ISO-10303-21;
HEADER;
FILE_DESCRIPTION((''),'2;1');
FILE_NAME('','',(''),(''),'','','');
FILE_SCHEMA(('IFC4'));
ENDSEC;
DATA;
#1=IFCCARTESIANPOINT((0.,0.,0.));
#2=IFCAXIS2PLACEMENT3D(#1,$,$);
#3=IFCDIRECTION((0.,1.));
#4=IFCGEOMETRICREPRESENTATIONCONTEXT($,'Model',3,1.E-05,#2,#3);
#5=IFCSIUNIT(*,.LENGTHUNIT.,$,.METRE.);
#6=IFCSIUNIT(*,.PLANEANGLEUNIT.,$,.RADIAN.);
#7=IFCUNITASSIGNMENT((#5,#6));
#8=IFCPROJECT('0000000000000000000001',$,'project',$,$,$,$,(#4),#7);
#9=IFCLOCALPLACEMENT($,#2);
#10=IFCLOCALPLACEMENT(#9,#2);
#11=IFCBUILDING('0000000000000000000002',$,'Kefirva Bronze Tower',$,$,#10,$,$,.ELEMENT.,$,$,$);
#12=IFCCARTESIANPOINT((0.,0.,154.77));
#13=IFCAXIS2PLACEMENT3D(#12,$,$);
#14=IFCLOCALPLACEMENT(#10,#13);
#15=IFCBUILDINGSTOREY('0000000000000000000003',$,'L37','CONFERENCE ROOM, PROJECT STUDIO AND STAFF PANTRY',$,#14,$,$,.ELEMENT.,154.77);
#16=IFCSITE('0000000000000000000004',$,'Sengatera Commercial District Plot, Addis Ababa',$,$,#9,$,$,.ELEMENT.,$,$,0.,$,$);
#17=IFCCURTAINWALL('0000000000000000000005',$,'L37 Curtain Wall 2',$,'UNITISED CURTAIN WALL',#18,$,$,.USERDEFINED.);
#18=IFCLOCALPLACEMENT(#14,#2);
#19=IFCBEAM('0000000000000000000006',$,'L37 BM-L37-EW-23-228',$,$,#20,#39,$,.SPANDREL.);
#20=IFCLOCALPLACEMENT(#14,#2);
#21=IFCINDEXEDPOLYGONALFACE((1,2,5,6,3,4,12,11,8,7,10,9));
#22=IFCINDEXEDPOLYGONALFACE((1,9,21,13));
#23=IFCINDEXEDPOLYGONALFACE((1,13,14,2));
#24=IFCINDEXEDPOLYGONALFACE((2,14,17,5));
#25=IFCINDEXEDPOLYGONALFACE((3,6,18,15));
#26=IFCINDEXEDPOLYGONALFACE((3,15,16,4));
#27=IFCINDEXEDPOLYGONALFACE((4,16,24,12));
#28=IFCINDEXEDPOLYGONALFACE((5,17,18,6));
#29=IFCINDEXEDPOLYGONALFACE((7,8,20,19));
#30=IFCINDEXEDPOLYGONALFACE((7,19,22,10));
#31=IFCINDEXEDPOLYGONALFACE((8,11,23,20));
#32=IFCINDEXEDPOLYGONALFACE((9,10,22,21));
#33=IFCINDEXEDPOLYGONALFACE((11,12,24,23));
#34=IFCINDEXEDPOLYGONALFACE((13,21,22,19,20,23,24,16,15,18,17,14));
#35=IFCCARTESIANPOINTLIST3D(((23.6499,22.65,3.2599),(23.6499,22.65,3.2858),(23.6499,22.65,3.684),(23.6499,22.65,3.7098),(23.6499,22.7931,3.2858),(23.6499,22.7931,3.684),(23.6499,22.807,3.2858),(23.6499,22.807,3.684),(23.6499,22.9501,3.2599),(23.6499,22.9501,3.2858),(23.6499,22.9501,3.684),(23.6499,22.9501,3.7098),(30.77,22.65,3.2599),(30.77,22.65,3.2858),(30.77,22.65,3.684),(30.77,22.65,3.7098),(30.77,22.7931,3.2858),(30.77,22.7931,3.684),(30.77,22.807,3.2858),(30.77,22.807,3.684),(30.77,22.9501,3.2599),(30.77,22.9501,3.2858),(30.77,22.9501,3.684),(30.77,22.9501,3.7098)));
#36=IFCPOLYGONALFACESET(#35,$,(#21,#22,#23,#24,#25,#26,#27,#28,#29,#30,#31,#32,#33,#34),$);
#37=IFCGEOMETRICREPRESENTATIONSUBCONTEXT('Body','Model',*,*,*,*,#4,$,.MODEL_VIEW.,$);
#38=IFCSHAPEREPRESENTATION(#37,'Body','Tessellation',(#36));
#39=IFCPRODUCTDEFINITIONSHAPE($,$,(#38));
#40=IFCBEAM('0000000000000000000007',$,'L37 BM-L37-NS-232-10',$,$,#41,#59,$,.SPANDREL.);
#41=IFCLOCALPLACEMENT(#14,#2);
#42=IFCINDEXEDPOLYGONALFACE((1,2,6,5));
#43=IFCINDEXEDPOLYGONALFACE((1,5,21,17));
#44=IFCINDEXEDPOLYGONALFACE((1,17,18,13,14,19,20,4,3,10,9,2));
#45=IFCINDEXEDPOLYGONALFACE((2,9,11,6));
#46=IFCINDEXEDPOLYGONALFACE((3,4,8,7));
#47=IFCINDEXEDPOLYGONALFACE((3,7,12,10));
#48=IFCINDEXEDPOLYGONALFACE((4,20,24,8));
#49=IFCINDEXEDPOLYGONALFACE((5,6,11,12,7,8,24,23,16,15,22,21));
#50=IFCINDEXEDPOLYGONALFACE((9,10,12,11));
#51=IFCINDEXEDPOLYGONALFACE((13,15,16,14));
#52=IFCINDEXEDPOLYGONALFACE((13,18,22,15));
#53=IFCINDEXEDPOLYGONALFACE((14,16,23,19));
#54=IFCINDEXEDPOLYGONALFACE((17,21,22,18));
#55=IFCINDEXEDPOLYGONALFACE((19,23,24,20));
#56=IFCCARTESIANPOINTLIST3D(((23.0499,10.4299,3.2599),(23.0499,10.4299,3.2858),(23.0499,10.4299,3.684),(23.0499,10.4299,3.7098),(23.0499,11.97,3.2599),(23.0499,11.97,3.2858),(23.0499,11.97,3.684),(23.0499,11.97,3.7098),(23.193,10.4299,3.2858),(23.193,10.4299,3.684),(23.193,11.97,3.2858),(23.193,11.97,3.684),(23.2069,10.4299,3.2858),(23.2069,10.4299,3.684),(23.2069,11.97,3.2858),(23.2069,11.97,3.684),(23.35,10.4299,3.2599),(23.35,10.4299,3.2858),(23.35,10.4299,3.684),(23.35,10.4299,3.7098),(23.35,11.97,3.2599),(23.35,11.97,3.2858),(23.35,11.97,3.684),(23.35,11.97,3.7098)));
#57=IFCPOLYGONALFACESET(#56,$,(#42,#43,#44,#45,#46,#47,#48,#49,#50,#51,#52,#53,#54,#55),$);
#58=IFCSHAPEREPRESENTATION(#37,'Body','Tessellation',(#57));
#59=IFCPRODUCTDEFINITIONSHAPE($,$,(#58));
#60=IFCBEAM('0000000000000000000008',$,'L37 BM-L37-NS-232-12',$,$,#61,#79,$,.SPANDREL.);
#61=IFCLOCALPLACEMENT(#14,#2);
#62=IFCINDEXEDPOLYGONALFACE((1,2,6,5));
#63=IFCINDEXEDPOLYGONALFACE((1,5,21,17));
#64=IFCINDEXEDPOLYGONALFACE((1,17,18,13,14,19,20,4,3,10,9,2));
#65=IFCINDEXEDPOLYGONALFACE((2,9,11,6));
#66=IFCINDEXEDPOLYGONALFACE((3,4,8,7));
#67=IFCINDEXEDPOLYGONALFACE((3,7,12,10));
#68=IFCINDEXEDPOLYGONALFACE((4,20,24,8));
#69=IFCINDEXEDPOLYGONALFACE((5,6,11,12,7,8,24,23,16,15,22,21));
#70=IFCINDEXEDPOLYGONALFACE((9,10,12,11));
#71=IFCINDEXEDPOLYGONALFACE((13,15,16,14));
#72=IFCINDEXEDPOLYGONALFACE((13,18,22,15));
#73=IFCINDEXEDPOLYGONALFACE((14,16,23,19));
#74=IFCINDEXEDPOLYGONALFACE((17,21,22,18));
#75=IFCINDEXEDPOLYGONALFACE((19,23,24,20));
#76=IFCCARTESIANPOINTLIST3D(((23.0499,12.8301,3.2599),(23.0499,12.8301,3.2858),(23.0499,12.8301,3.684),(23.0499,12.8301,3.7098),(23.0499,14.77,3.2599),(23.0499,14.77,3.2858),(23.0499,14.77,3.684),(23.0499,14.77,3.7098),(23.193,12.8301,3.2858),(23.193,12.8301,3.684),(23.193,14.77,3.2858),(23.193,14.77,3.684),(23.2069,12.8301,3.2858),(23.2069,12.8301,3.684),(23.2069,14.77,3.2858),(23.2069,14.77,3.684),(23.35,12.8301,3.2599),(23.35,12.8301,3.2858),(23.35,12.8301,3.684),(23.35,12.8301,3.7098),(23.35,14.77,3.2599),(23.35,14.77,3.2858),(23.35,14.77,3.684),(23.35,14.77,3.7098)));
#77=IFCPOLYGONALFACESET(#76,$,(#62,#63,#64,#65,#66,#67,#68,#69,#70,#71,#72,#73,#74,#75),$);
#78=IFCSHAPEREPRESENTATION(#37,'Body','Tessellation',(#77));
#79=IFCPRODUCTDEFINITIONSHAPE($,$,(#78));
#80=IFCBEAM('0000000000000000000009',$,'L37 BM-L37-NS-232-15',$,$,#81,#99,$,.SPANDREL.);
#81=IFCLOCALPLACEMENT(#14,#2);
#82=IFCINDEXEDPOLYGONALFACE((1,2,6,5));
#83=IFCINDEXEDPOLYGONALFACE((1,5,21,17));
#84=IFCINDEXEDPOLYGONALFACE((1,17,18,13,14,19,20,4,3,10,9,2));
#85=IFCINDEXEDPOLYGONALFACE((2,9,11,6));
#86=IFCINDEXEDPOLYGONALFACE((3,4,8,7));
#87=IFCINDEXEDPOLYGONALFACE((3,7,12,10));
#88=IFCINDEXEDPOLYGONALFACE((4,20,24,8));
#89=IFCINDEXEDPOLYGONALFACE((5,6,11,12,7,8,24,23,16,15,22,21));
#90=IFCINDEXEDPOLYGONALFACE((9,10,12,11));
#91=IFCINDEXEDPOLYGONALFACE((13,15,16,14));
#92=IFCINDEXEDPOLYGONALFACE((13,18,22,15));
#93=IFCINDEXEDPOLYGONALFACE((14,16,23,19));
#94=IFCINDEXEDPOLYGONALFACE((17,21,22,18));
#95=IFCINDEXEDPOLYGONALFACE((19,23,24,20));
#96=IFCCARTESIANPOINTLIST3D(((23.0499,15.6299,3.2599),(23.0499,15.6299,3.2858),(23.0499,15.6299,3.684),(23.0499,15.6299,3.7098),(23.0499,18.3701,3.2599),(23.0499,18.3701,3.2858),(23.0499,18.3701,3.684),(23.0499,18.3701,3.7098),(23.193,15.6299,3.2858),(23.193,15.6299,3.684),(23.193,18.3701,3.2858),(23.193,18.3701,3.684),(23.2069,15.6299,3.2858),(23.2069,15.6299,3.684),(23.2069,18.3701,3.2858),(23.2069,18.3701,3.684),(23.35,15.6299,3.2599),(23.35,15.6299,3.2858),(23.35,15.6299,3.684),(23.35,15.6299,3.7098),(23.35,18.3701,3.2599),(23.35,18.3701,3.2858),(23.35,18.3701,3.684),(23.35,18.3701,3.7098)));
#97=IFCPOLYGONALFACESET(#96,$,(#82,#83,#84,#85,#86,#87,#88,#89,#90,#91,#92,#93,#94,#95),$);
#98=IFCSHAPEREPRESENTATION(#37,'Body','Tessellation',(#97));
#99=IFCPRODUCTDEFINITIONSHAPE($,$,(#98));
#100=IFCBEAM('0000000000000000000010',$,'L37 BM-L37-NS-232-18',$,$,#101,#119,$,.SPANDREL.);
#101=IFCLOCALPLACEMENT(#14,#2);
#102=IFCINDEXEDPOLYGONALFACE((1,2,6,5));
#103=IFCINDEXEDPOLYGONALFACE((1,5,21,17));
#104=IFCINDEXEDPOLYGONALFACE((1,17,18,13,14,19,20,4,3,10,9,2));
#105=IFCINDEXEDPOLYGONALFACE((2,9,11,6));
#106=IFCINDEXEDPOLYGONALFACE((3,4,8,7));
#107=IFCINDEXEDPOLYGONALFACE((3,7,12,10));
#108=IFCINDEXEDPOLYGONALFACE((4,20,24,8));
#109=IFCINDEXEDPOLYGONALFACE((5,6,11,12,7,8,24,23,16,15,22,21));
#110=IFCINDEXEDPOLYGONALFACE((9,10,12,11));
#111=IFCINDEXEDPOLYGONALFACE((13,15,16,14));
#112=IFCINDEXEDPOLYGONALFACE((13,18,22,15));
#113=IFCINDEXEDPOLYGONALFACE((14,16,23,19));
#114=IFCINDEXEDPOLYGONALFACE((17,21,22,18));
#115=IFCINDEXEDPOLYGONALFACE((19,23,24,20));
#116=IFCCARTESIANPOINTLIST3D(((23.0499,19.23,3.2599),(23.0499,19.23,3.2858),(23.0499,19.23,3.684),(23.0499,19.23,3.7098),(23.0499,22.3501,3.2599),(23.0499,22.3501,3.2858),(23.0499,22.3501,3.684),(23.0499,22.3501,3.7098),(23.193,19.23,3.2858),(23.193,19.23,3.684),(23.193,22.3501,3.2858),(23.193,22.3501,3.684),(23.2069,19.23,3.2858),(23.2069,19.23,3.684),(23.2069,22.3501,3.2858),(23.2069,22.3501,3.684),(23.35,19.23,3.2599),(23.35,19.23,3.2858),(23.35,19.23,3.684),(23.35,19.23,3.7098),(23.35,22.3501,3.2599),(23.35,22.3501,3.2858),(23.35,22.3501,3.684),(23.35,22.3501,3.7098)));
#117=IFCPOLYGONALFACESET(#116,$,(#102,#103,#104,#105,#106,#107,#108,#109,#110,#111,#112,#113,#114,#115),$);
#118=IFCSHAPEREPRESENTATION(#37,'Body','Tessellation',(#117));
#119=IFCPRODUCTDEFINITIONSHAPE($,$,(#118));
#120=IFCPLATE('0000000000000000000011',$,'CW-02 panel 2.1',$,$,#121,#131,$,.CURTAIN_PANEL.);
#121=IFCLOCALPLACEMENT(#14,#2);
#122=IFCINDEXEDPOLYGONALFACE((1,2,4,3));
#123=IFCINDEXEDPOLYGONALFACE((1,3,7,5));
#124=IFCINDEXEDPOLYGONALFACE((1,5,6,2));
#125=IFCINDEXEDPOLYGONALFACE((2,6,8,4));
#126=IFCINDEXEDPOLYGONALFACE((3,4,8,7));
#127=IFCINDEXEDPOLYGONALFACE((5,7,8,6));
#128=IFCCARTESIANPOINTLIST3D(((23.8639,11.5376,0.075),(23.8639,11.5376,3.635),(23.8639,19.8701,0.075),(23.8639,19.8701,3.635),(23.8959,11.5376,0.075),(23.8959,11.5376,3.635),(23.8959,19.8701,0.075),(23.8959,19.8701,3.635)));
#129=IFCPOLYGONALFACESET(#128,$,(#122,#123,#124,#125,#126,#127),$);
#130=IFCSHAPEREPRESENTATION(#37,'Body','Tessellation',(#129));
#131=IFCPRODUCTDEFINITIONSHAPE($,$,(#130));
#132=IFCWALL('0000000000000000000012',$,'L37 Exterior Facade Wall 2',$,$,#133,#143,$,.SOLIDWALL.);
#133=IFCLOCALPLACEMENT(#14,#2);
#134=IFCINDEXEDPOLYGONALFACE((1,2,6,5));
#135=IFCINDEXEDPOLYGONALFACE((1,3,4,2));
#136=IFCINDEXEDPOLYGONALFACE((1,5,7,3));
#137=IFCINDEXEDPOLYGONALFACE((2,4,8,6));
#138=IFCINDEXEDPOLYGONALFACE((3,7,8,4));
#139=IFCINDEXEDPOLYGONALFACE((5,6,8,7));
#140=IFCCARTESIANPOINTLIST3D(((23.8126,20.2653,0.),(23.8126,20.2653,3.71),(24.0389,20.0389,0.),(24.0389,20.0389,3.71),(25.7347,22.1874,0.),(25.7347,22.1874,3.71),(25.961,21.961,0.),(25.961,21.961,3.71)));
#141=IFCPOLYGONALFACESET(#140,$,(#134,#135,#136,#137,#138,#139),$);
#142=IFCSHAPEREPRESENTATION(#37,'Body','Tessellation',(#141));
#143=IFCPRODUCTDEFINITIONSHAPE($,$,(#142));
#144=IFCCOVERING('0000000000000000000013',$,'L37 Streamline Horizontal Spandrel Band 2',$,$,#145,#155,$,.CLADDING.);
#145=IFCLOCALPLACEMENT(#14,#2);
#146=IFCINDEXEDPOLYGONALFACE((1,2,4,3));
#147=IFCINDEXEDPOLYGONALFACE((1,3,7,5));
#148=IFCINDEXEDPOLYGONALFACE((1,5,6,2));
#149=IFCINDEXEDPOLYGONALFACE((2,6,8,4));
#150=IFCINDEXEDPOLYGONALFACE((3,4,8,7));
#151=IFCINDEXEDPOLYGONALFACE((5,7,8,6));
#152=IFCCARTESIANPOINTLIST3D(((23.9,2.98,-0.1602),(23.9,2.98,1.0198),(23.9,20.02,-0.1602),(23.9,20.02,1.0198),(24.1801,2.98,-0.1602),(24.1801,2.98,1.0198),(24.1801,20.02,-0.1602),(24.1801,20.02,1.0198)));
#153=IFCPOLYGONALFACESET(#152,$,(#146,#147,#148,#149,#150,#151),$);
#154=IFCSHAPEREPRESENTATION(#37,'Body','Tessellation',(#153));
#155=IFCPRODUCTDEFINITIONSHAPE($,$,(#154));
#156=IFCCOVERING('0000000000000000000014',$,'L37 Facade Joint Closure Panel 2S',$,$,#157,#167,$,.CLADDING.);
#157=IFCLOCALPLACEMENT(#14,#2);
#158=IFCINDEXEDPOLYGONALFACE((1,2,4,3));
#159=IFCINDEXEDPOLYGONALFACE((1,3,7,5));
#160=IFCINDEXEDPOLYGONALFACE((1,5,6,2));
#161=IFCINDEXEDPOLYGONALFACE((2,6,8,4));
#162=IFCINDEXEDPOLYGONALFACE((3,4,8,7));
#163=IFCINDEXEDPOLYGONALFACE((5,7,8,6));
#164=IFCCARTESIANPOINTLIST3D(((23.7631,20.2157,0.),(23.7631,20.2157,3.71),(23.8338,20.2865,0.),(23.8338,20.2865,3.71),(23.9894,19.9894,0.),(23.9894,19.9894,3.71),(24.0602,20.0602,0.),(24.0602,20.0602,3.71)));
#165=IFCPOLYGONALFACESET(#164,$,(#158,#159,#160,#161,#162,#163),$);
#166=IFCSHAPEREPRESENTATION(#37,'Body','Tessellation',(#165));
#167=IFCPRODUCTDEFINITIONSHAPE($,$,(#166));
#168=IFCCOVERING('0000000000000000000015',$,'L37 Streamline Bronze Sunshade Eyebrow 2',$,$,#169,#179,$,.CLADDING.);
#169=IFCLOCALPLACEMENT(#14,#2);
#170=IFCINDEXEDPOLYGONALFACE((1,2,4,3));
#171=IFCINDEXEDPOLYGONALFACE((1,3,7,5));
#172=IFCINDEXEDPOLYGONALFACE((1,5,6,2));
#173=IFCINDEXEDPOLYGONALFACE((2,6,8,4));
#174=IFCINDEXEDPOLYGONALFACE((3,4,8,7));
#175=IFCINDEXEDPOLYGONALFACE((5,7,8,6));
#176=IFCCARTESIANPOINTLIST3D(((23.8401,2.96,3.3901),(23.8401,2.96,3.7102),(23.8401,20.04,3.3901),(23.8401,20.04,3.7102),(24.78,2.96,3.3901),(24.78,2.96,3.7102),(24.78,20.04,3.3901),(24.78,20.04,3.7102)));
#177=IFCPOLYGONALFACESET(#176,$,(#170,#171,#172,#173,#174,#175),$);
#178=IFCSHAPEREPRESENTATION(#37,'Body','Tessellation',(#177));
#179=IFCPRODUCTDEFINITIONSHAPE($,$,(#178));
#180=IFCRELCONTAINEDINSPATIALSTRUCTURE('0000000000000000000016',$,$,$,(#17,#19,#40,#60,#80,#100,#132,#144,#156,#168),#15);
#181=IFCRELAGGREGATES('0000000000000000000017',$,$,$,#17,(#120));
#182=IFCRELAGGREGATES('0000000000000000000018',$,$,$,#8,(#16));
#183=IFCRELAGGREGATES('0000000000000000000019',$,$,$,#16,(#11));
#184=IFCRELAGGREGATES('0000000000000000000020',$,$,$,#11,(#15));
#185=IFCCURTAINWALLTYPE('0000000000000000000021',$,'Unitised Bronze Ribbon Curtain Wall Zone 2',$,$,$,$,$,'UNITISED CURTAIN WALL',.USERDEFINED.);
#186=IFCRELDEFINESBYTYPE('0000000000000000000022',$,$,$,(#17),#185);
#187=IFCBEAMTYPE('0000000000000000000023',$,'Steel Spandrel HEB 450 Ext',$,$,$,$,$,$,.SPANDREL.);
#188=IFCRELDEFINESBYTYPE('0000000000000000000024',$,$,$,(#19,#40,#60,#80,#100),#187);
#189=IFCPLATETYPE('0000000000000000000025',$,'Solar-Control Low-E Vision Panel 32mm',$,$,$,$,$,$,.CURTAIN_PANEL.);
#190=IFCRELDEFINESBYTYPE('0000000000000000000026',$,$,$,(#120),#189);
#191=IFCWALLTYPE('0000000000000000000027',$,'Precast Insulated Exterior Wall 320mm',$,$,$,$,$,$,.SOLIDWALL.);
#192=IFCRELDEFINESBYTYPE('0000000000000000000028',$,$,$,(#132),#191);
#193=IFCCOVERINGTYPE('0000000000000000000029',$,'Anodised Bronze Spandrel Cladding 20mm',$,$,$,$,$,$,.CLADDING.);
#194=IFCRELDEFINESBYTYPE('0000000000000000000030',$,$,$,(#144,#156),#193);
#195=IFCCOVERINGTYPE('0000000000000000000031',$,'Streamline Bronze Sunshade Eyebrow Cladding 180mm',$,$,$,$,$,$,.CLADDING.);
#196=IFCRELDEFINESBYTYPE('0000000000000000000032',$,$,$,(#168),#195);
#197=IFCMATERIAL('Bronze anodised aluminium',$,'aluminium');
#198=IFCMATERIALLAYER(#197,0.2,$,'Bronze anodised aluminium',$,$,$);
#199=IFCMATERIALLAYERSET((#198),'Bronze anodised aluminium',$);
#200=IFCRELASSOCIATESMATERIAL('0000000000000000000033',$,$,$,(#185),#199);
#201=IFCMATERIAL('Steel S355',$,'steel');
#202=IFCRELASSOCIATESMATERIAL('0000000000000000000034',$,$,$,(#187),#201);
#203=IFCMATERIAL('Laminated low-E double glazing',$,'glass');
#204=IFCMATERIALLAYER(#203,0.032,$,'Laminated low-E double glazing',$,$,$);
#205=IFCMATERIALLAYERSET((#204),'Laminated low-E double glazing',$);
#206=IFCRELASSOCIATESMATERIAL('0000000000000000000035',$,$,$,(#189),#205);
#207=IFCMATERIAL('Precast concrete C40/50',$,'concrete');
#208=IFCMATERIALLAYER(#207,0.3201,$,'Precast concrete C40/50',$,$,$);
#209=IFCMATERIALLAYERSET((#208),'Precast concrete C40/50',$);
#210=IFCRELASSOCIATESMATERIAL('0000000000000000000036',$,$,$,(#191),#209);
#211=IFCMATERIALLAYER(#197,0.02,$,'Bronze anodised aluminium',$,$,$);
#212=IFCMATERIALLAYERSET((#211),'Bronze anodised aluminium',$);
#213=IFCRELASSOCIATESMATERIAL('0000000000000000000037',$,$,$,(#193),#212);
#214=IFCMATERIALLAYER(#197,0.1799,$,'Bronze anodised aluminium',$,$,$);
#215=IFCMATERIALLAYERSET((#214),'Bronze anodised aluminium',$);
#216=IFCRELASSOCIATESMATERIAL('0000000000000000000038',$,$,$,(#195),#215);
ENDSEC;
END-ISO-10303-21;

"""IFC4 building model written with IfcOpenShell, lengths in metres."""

from ifc_helpers import new_model, si_unit, direction, frame, frame_2d, origin, origin_2d, place, context, subcontext, project, spatial, rectangle, i_section, extrude, material, layer, layer_set, material_profile, profile_set, type_object, element, aggregate, save


model = new_model("IFC4")

# Units and contexts
model_context = context("Model", 3, precision=1e-05, world=origin(), true_north=direction((0.0, 1.0)))
body_context = subcontext(model_context, "Body", "Model", "MODEL_VIEW")
ifc_project = project(units=[si_unit("LENGTHUNIT", "METRE"), si_unit("PLANEANGLEUNIT", "RADIAN")], contexts=[model_context])

# Site, building, storey
site_placement = place(None, origin())
site = spatial("IfcSite", under=ifc_project, at=site_placement, Name="Sengatera Commercial District Plot, Addis Ababa", CompositionType="ELEMENT", RefElevation=0.0)
building_placement = place(site_placement, origin())
building = spatial("IfcBuilding", under=site, at=building_placement, Name="Kefirva Bronze Tower", CompositionType="ELEMENT")
storey_placement = place(building_placement, frame((0.0, 0.0, 154.77)))
storey = spatial("IfcBuildingStorey", under=building, at=storey_placement, Name="L37", Description="CONFERENCE ROOM, PROJECT STUDIO AND STAFF PANTRY", CompositionType="ELEMENT", Elevation=154.77)

# Curtain wall
ifc_material_1 = material(Name="Bronze anodised aluminium", Category="aluminium")
ifc_layer_1 = layer(ifc_material_1, 0.2, Name="Bronze anodised aluminium")
ifc_layer_set_1 = layer_set([ifc_layer_1], Name="Bronze anodised aluminium")
curtain_wall_type = type_object("IfcCurtainWallType", Name="Unitised Bronze Ribbon Curtain Wall Zone 2", ElementType="UNITISED CURTAIN WALL", PredefinedType="USERDEFINED", material=ifc_layer_set_1)
curtain_wall_placement = place(storey_placement, origin())
curtain_wall = element("IfcCurtainWall", 1, at=curtain_wall_placement, inside=storey, type_object=curtain_wall_type, Name="L37 Curtain Wall 2", ObjectType="UNITISED CURTAIN WALL", PredefinedType="USERDEFINED")

# Beams
ifc_material_2 = material(Name="Steel S355", Category="steel")
ifc_material_profile_1 = material_profile(ifc_material_2, i_section(OverallWidth=0.3, OverallDepth=0.45, WebThickness=0.0139, FlangeThickness=0.0259, at=origin_2d()), Name="HEB 450")
ifc_profile_set_1 = profile_set([ifc_material_profile_1], Name="Steel S355")
beam_type_1 = type_object("IfcBeamType", Name="Steel Spandrel HEB 450 Ext", PredefinedType="SPANDREL", material=ifc_profile_set_1)
beam_1_placement = place(storey_placement, frame((23.6499, 22.8, 3.4849), z_axis=(1.0, 0.0, 0.0), x_axis=(0.0, 1.0, 0.0)))
element("IfcBeam", 2, at=beam_1_placement, inside=storey, type_object=beam_type_1, Name="L37 BM-L37-EW-23-228", PredefinedType="SPANDREL", context=body_context, shape_type="SweptSolid", body=[
    extrude(i_section(OverallWidth=0.3, OverallDepth=0.45, WebThickness=0.0139, FlangeThickness=0.0259, at=origin_2d()), origin(), (0.0, 0.0, 1.0), 7.1201),
])
beam_2_placement = place(storey_placement, frame((23.2, 10.4299, 3.4849), z_axis=(0.0, 1.0, 0.0), x_axis=(-1.0, 0.0, 0.0)))
element("IfcBeam", 3, at=beam_2_placement, inside=storey, type_object=beam_type_1, Name="L37 BM-L37-NS-232-10", PredefinedType="SPANDREL", context=body_context, shape_type="SweptSolid", body=[
    extrude(i_section(OverallWidth=0.3, OverallDepth=0.45, WebThickness=0.0139, FlangeThickness=0.0259, at=origin_2d()), origin(), (0.0, 0.0, 1.0), 1.54),
])
beam_3_placement = place(storey_placement, frame((23.2, 12.8301, 3.4849), z_axis=(0.0, 1.0, 0.0), x_axis=(-1.0, 0.0, 0.0)))
element("IfcBeam", 4, at=beam_3_placement, inside=storey, type_object=beam_type_1, Name="L37 BM-L37-NS-232-12", PredefinedType="SPANDREL", context=body_context, shape_type="SweptSolid", body=[
    extrude(i_section(OverallWidth=0.3, OverallDepth=0.45, WebThickness=0.0139, FlangeThickness=0.0259, at=origin_2d()), origin(), (0.0, 0.0, 1.0), 1.9399),
])
beam_4_placement = place(storey_placement, frame((23.2, 15.6299, 3.4849), z_axis=(0.0, 1.0, 0.0), x_axis=(-1.0, 0.0, 0.0)))
element("IfcBeam", 5, at=beam_4_placement, inside=storey, type_object=beam_type_1, Name="L37 BM-L37-NS-232-15", PredefinedType="SPANDREL", context=body_context, shape_type="SweptSolid", body=[
    extrude(i_section(OverallWidth=0.3, OverallDepth=0.45, WebThickness=0.0139, FlangeThickness=0.0259, at=origin_2d()), origin(), (0.0, 0.0, 1.0), 2.7402),
])
beam_5_placement = place(storey_placement, frame((23.2, 19.23, 3.4849), z_axis=(0.0, 1.0, 0.0), x_axis=(-1.0, 0.0, 0.0)))
element("IfcBeam", 6, at=beam_5_placement, inside=storey, type_object=beam_type_1, Name="L37 BM-L37-NS-232-18", PredefinedType="SPANDREL", context=body_context, shape_type="SweptSolid", body=[
    extrude(i_section(OverallWidth=0.3, OverallDepth=0.45, WebThickness=0.0139, FlangeThickness=0.0259, at=origin_2d()), origin(), (0.0, 0.0, 1.0), 3.1201),
])

# Plate
ifc_material_3 = material(Name="Laminated low-E double glazing", Category="glass")
ifc_layer_2 = layer(ifc_material_3, 0.032, Name="Laminated low-E double glazing")
ifc_layer_set_2 = layer_set([ifc_layer_2], Name="Laminated low-E double glazing")
plate_type = type_object("IfcPlateType", Name="Solar-Control Low-E Vision Panel 32mm", PredefinedType="CURTAIN_PANEL", material=ifc_layer_set_2)
plate_placement = place(storey_placement, frame((23.8799, 15.7039, 0.075), z_axis=(0.0, 0.0, 1.0), x_axis=(0.0, 1.0, 0.0)))
plate = element("IfcPlate", 7, at=plate_placement, type_object=plate_type, Name="CW-02 panel 2.1", PredefinedType="CURTAIN_PANEL", context=body_context, shape_type="SweptSolid", body=[
    extrude(rectangle(XDim=8.3325, YDim=0.032, at=origin_2d()), origin(), (0.0, 0.0, 1.0), 3.5601),
])
aggregate(curtain_wall, [plate])

# Wall
ifc_material_4 = material(Name="Precast concrete C40/50", Category="concrete")
ifc_layer_3 = layer(ifc_material_4, 0.3201, Name="Precast concrete C40/50")
ifc_layer_set_3 = layer_set([ifc_layer_3], Name="Precast concrete C40/50")
wall_type = type_object("IfcWallType", Name="Precast Insulated Exterior Wall 320mm", PredefinedType="SOLIDWALL", material=ifc_layer_set_3)
wall_placement = place(storey_placement, frame((23.9258, 20.1521, 0.0), z_axis=(0.0, 0.0, 1.0), x_axis=(0.707107, 0.707107, 0.0)))
element("IfcWall", 8, at=wall_placement, inside=storey, type_object=wall_type, Name="L37 Exterior Facade Wall 2", PredefinedType="SOLIDWALL", context=body_context, shape_type="SweptSolid", body=[
    extrude(rectangle(XDim=2.7183, YDim=0.3201, at=frame_2d((1.3591, 0.0))), origin(), (0.0, 0.0, 1.0), 3.71),
])

# Coverings
ifc_layer_4 = layer(ifc_material_1, 0.02, Name="Bronze anodised aluminium")
ifc_layer_set_4 = layer_set([ifc_layer_4], Name="Bronze anodised aluminium")
covering_type_1 = type_object("IfcCoveringType", Name="Anodised Bronze Spandrel Cladding 20mm", PredefinedType="CLADDING", material=ifc_layer_set_4)
covering_1_placement = place(storey_placement, frame((24.04, 11.5, -0.1602), z_axis=(0.0, 0.0, 1.0), x_axis=(0.0, 1.0, 0.0)))
element("IfcCovering", 9, at=covering_1_placement, inside=storey, type_object=covering_type_1, Name="L37 Streamline Horizontal Spandrel Band 2", PredefinedType="CLADDING", context=body_context, shape_type="SweptSolid", body=[
    extrude(rectangle(XDim=17.04, YDim=0.28, at=origin_2d()), origin(), (0.0, 0.0, 1.0), 1.1799),
])
covering_2_placement = place(storey_placement, frame((23.9116, 20.1379, 0.0), z_axis=(0.0, 0.0, 1.0), x_axis=(0.707107, 0.707107, 0.0)))
element("IfcCovering", 10, at=covering_2_placement, inside=storey, type_object=covering_type_1, Name="L37 Facade Joint Closure Panel 2S", PredefinedType="CLADDING", context=body_context, shape_type="SweptSolid", body=[
    extrude(rectangle(XDim=0.1001, YDim=0.3201, at=origin_2d()), origin(), (0.0, 0.0, 1.0), 3.71),
])
ifc_layer_5 = layer(ifc_material_1, 0.1799, Name="Bronze anodised aluminium")
ifc_layer_set_5 = layer_set([ifc_layer_5], Name="Bronze anodised aluminium")
covering_type_2 = type_object("IfcCoveringType", Name="Streamline Bronze Sunshade Eyebrow Cladding 180mm", PredefinedType="CLADDING", material=ifc_layer_set_5)
covering_3_placement = place(storey_placement, frame((24.3101, 11.5, 3.3901), z_axis=(0.0, 0.0, 1.0), x_axis=(0.0, 1.0, 0.0)))
element("IfcCovering", 11, at=covering_3_placement, inside=storey, type_object=covering_type_2, Name="L37 Streamline Bronze Sunshade Eyebrow 2", PredefinedType="CLADDING", context=body_context, shape_type="SweptSolid", body=[
    extrude(rectangle(XDim=17.0801, YDim=0.9399, at=origin_2d()), origin(), (0.0, 0.0, 1.0), 0.3201),
])

save(model, "model.ifc")
